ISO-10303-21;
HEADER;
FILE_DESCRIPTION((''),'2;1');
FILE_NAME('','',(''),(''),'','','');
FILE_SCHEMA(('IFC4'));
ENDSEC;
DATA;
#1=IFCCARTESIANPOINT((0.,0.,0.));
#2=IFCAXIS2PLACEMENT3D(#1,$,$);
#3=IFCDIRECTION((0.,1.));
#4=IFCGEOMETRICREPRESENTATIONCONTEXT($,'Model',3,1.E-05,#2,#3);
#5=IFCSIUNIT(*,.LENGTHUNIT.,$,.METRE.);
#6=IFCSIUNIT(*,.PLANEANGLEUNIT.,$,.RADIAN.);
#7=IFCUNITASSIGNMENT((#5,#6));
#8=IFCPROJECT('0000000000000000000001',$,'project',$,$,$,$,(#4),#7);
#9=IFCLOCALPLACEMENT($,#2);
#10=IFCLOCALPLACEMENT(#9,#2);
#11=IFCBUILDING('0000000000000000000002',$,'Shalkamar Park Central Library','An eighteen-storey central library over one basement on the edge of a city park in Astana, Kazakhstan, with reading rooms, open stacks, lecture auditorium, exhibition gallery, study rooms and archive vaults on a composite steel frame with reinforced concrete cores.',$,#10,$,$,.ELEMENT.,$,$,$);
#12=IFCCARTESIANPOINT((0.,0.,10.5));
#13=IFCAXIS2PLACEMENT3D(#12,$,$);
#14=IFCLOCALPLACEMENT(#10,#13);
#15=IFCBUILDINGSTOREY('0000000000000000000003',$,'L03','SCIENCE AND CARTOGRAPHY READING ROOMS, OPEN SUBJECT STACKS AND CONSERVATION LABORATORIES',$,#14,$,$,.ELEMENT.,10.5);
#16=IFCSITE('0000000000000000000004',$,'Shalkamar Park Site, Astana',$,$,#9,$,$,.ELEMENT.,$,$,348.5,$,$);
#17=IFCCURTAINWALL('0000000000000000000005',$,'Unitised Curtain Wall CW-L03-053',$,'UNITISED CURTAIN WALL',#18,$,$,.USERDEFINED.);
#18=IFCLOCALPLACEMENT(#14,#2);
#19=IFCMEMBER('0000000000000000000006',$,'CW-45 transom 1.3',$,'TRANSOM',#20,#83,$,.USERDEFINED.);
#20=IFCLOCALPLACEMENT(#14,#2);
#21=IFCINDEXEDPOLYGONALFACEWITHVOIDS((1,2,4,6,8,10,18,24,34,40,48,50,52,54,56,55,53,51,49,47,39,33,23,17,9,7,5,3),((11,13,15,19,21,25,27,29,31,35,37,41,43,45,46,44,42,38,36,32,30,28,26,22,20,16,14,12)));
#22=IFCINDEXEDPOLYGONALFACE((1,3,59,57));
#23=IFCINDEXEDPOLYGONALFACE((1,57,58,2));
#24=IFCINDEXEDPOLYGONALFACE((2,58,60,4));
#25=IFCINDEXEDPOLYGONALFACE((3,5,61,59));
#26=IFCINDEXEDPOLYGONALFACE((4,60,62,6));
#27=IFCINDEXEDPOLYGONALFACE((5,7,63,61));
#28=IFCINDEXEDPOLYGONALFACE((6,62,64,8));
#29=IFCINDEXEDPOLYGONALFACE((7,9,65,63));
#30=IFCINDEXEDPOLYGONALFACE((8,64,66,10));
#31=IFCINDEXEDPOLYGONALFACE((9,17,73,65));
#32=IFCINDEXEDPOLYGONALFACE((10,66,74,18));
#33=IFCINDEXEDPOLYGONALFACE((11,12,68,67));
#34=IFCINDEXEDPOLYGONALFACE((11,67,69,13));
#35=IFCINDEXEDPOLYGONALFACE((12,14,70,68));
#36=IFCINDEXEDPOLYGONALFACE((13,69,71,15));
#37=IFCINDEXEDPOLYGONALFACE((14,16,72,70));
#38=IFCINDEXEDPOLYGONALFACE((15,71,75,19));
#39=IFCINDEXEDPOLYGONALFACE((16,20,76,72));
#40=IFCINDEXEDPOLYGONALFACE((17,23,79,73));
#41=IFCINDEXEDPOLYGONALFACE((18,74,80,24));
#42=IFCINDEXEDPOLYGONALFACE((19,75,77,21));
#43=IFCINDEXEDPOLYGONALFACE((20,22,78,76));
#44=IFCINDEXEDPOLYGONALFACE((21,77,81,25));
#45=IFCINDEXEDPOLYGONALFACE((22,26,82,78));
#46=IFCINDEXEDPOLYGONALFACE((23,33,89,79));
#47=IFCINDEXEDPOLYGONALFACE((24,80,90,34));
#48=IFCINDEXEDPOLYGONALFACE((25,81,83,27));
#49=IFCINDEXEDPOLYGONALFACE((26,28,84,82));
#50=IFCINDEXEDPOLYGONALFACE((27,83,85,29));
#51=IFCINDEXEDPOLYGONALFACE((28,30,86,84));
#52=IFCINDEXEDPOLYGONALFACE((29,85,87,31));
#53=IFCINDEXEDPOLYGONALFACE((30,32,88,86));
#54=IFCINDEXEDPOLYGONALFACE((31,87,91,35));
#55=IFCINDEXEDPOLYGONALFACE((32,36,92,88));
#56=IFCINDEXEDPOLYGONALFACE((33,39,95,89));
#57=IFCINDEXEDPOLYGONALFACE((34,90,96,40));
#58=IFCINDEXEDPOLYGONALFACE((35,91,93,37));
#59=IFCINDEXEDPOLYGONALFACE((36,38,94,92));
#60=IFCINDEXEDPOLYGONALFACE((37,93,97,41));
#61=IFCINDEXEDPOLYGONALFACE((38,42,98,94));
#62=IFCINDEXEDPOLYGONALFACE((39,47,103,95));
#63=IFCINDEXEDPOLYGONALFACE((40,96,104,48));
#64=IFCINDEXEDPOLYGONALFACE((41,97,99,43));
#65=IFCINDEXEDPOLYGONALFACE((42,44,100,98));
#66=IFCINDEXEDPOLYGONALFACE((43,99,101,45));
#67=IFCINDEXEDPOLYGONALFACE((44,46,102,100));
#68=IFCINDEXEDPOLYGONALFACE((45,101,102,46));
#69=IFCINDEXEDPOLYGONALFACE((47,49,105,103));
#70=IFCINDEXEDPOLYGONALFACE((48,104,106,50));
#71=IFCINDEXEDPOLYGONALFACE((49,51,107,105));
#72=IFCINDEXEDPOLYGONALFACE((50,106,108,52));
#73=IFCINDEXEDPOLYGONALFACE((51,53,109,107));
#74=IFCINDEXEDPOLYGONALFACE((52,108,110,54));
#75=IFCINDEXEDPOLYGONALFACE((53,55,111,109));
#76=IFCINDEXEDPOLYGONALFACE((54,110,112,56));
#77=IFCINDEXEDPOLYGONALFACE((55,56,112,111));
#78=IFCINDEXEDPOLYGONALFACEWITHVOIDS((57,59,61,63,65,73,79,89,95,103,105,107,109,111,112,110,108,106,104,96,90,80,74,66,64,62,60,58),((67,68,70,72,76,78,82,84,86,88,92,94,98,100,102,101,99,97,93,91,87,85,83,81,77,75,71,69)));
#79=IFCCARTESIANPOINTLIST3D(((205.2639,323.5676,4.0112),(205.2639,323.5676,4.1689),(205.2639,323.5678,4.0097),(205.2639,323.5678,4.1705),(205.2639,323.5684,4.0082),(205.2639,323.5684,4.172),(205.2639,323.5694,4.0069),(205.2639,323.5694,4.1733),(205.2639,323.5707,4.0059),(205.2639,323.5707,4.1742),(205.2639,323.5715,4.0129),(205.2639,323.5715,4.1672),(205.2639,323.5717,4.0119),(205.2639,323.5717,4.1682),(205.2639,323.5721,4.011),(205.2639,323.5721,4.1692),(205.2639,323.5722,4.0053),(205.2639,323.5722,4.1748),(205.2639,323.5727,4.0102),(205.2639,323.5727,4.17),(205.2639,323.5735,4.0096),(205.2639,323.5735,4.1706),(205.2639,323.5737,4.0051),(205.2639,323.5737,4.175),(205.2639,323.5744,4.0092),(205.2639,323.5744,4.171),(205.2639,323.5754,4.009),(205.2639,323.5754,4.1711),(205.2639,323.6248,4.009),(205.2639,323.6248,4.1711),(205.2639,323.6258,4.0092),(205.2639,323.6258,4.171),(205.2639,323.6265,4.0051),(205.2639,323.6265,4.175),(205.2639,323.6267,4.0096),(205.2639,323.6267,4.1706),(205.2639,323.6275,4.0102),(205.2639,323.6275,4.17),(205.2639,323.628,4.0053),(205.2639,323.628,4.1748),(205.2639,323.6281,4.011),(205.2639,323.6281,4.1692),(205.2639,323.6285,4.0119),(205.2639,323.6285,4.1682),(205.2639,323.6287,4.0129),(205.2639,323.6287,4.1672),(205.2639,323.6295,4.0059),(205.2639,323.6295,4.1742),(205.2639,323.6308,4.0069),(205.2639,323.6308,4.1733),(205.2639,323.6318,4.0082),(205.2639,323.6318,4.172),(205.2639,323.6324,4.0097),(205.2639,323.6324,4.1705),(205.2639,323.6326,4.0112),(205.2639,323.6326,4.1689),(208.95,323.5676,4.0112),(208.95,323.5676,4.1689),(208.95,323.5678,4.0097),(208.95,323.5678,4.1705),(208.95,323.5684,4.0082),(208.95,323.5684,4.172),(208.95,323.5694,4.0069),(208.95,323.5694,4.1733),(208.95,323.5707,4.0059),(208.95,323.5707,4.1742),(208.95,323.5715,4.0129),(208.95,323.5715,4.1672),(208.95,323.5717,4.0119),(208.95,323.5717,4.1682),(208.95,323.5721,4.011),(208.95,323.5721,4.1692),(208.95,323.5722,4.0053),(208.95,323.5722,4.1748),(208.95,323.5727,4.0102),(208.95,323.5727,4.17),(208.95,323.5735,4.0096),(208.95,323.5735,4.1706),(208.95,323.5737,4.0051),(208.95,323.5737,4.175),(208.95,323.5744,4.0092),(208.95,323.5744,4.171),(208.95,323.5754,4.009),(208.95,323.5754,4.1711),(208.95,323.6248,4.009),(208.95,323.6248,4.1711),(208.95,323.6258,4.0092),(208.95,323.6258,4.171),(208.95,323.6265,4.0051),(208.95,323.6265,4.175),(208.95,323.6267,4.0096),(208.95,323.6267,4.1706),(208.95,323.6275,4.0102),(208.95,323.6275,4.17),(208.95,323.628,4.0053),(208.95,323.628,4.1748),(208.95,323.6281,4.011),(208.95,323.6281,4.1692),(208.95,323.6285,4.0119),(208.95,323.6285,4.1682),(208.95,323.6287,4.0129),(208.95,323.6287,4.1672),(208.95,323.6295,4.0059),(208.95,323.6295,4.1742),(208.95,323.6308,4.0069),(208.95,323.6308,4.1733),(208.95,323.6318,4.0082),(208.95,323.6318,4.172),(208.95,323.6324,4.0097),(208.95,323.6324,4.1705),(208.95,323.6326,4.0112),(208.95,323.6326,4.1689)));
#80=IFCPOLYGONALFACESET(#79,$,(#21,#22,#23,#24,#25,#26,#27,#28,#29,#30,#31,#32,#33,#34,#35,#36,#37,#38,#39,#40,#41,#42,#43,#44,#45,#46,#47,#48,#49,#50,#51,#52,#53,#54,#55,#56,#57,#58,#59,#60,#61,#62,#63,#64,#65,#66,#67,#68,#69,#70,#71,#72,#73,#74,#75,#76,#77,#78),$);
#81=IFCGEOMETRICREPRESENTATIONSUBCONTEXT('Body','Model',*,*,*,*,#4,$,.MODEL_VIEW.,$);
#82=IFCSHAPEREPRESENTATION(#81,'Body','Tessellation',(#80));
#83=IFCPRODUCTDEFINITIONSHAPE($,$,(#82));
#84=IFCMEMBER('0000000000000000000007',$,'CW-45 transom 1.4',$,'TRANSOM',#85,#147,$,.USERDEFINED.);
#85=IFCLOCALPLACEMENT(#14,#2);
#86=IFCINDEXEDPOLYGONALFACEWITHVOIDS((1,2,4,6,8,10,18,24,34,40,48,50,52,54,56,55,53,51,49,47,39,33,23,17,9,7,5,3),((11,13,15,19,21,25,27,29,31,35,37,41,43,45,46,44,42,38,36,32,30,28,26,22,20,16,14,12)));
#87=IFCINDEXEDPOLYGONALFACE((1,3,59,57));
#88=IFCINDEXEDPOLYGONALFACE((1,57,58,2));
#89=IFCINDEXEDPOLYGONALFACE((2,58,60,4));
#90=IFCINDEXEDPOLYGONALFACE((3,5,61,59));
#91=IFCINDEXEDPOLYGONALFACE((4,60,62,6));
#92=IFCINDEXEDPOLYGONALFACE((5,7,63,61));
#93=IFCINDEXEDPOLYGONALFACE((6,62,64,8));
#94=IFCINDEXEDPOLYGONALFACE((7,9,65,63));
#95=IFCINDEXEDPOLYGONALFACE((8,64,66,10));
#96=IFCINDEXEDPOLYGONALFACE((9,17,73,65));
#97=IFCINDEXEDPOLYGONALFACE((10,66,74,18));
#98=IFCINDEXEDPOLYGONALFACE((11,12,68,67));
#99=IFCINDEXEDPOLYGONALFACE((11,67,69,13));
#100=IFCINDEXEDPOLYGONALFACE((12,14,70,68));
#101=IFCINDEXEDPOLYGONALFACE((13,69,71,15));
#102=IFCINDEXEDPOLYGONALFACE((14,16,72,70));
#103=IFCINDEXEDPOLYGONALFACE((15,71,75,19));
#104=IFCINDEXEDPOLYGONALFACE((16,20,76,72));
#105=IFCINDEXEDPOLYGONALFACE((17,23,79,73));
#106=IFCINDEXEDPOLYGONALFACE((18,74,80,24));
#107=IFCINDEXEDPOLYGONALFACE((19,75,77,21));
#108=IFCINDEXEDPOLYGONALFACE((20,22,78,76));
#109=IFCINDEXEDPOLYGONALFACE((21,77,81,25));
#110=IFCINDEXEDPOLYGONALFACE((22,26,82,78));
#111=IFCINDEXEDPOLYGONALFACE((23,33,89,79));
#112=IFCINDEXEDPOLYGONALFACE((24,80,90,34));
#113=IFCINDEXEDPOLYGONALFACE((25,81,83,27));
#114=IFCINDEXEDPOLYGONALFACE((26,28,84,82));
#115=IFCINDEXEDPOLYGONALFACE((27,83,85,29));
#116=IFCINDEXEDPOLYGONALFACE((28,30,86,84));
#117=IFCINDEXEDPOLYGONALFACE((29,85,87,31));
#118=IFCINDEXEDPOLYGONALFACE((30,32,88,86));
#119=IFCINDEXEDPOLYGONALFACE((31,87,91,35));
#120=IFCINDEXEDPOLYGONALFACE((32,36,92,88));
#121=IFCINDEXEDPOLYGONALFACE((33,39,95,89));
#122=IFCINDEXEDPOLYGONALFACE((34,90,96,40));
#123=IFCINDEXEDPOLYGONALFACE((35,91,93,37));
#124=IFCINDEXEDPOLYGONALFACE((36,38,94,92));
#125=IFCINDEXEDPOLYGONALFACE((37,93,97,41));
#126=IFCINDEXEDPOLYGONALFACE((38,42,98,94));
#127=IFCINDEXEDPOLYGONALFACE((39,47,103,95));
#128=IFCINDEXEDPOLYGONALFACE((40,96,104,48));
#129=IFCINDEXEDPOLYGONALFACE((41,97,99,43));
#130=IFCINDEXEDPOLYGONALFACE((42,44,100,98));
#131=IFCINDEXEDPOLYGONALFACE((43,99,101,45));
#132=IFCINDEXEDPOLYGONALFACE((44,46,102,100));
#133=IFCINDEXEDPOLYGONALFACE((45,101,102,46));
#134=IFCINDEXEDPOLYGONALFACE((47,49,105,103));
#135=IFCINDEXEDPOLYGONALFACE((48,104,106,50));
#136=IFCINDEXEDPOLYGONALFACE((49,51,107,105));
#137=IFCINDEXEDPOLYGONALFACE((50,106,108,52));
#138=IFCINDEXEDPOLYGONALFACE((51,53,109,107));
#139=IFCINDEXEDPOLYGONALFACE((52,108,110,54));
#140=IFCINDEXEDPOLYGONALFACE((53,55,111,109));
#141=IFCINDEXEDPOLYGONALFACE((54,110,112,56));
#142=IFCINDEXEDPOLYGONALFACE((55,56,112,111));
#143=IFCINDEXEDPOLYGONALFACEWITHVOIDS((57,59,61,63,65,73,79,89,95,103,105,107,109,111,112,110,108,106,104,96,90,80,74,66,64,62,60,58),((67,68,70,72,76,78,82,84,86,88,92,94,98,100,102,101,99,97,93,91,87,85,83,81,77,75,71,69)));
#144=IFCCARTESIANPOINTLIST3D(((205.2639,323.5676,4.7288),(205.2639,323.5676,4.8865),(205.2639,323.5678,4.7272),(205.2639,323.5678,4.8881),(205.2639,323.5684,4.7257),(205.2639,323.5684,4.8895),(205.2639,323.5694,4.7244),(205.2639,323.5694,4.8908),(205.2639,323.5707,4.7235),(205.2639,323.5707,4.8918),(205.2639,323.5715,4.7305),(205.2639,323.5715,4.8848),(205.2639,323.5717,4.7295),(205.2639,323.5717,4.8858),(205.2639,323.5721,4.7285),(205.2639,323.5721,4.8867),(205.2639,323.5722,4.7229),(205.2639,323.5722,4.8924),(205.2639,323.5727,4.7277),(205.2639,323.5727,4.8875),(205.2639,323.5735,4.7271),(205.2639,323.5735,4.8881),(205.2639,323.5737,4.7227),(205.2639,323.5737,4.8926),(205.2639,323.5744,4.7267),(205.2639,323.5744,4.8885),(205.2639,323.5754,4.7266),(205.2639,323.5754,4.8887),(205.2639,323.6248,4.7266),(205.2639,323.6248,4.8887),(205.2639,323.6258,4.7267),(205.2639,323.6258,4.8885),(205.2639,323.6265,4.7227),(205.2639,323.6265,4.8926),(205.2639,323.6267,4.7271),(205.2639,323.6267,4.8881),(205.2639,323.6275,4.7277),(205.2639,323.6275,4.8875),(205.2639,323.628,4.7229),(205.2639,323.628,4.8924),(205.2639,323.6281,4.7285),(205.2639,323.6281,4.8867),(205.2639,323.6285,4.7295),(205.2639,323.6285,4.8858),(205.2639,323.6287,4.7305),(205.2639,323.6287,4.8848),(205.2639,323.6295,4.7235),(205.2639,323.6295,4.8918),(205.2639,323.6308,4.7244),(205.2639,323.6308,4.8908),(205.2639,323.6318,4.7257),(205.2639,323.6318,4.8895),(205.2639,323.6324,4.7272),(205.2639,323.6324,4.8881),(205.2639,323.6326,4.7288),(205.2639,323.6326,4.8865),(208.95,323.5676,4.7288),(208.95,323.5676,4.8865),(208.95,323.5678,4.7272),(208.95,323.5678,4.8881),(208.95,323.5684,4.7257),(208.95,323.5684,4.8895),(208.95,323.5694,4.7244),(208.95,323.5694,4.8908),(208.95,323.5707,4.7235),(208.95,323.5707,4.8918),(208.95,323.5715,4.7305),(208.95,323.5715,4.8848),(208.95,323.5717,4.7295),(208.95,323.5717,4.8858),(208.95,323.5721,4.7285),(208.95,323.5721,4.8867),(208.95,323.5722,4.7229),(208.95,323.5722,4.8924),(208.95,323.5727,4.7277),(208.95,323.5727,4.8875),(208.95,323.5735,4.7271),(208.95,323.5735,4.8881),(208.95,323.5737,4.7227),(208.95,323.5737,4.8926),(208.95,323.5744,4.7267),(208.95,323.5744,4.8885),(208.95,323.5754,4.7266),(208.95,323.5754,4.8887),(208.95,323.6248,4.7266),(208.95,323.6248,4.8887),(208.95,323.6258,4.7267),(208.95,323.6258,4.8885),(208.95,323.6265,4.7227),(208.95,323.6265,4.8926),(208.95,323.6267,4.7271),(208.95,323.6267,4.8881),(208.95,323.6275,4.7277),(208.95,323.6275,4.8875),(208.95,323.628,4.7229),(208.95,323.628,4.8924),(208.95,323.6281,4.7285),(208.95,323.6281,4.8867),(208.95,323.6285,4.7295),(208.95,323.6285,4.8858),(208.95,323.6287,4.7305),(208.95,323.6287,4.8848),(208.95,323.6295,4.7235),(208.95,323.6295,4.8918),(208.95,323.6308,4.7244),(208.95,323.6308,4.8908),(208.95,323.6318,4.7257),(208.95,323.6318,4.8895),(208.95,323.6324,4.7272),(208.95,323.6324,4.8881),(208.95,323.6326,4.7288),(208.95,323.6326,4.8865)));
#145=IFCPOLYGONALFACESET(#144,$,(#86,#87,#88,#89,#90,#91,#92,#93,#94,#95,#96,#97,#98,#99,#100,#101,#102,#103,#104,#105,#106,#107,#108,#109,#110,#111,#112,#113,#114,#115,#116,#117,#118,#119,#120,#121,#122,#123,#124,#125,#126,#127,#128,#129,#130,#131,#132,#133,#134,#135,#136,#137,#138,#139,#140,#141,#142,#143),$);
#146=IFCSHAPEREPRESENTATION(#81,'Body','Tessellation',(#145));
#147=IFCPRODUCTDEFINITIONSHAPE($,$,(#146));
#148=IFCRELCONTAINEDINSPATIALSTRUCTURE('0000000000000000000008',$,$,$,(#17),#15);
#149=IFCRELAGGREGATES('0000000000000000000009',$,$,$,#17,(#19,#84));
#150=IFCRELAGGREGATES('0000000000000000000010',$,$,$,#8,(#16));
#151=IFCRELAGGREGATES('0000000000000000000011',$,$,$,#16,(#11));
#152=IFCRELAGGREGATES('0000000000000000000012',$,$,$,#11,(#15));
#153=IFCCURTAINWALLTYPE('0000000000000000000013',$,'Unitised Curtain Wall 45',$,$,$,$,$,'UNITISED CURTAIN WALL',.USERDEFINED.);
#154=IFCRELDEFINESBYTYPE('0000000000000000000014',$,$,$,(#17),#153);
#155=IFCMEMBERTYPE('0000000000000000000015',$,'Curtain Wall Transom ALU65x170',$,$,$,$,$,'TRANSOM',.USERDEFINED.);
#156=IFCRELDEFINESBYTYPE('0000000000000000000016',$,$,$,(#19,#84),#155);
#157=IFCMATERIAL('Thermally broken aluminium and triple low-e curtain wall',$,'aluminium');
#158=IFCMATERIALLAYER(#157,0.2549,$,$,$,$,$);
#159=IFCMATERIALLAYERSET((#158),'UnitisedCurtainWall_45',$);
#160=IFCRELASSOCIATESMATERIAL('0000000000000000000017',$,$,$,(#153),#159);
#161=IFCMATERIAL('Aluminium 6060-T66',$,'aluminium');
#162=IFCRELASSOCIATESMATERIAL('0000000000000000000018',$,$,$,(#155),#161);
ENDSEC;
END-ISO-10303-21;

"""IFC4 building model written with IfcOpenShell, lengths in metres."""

from ifc_helpers import new_model, si_unit, direction, frame, origin, origin_2d, place, context, subcontext, project, spatial, hollow_rectangle, extrude, material, layer, layer_set, material_profile, profile_set, type_object, element, aggregate, save


model = new_model("IFC4")

# Units and contexts
model_context = context("Model", 3, precision=1e-05, world=origin(), true_north=direction((0.0, 1.0)))
body_context = subcontext(model_context, "Body", "Model", "MODEL_VIEW")
ifc_project = project(units=[si_unit("LENGTHUNIT", "METRE"), si_unit("PLANEANGLEUNIT", "RADIAN")], contexts=[model_context])

# Site, building, storey
site_placement = place(None, origin())
site = spatial("IfcSite", under=ifc_project, at=site_placement, Name="Shalkamar Park Site, Astana", CompositionType="ELEMENT", RefElevation=348.5)
building_placement = place(site_placement, origin())
building = spatial("IfcBuilding", under=site, at=building_placement, Name="Shalkamar Park Central Library", Description="An eighteen-storey central library over one basement on the edge of a city park in Astana, Kazakhstan, with reading rooms, open stacks, lecture auditorium, exhibition gallery, study rooms and archive vaults on a composite steel frame with reinforced concrete cores.", CompositionType="ELEMENT")
storey_placement = place(building_placement, frame((0.0, 0.0, 10.5)))
storey = spatial("IfcBuildingStorey", under=building, at=storey_placement, Name="L03", Description="SCIENCE AND CARTOGRAPHY READING ROOMS, OPEN SUBJECT STACKS AND CONSERVATION LABORATORIES", CompositionType="ELEMENT", Elevation=10.5)

# Shared definitions
ifc_material_1 = material(Name="Thermally broken aluminium and triple low-e curtain wall", Category="aluminium")
ifc_material_2 = material(Name="Aluminium 6060-T66", Category="aluminium")

# Curtain wall, members
ifc_layer_1 = layer(ifc_material_1, 0.2549)
ifc_layer_set_1 = layer_set([ifc_layer_1], Name="UnitisedCurtainWall_45")
curtain_wall_type_1 = type_object("IfcCurtainWallType", Name="Unitised Curtain Wall 45", ElementType="UNITISED CURTAIN WALL", PredefinedType="USERDEFINED", material=ifc_layer_set_1)
curtain_wall_1_placement = place(storey_placement, origin())
curtain_wall_1 = element("IfcCurtainWall", 1, at=curtain_wall_1_placement, inside=storey, type_object=curtain_wall_type_1, Name="Unitised Curtain Wall CW-L03-053", ObjectType="UNITISED CURTAIN WALL", PredefinedType="USERDEFINED")
ifc_material_profile_1 = material_profile(ifc_material_2, hollow_rectangle(XDim=0.0649, YDim=0.1699, WallThickness=0.0039, InnerFilletRadius=0.0039, OuterFilletRadius=0.0061, at=origin_2d()), Name="ALU 65x170x4")
ifc_profile_set_1 = profile_set([ifc_material_profile_1], Name="Aluminium 6060-T66")
member_type_1 = type_object("IfcMemberType", Name="Curtain Wall Transom ALU65x170", ElementType="TRANSOM", PredefinedType="USERDEFINED", material=ifc_profile_set_1)
member_1_placement = place(storey_placement, frame((205.2639, 323.6001, 4.0901), z_axis=(1.0, 0.0, 0.0), x_axis=(0.0, 1.0, 0.0)))
member_1 = element("IfcMember", 2, at=member_1_placement, type_object=member_type_1, Name="CW-45 transom 1.3", ObjectType="TRANSOM", PredefinedType="USERDEFINED", context=body_context, shape_type="SweptSolid", body=[
    extrude(hollow_rectangle(XDim=0.0649, YDim=0.1699, WallThickness=0.0039, InnerFilletRadius=0.0039, OuterFilletRadius=0.0061, at=origin_2d()), origin(), (0.0, 0.0, 1.0), 3.686),
])
member_2_placement = place(storey_placement, frame((205.2639, 323.6001, 4.8076), z_axis=(1.0, 0.0, 0.0), x_axis=(0.0, 1.0, 0.0)))
member_2 = element("IfcMember", 3, at=member_2_placement, type_object=member_type_1, Name="CW-45 transom 1.4", ObjectType="TRANSOM", PredefinedType="USERDEFINED", context=body_context, shape_type="SweptSolid", body=[
    extrude(hollow_rectangle(XDim=0.0649, YDim=0.1699, WallThickness=0.0039, InnerFilletRadius=0.0039, OuterFilletRadius=0.0061, at=origin_2d()), origin(), (0.0, 0.0, 1.0), 3.686),
])

aggregate(curtain_wall_1, [member_1, member_2])

save(model, "model.ifc")
